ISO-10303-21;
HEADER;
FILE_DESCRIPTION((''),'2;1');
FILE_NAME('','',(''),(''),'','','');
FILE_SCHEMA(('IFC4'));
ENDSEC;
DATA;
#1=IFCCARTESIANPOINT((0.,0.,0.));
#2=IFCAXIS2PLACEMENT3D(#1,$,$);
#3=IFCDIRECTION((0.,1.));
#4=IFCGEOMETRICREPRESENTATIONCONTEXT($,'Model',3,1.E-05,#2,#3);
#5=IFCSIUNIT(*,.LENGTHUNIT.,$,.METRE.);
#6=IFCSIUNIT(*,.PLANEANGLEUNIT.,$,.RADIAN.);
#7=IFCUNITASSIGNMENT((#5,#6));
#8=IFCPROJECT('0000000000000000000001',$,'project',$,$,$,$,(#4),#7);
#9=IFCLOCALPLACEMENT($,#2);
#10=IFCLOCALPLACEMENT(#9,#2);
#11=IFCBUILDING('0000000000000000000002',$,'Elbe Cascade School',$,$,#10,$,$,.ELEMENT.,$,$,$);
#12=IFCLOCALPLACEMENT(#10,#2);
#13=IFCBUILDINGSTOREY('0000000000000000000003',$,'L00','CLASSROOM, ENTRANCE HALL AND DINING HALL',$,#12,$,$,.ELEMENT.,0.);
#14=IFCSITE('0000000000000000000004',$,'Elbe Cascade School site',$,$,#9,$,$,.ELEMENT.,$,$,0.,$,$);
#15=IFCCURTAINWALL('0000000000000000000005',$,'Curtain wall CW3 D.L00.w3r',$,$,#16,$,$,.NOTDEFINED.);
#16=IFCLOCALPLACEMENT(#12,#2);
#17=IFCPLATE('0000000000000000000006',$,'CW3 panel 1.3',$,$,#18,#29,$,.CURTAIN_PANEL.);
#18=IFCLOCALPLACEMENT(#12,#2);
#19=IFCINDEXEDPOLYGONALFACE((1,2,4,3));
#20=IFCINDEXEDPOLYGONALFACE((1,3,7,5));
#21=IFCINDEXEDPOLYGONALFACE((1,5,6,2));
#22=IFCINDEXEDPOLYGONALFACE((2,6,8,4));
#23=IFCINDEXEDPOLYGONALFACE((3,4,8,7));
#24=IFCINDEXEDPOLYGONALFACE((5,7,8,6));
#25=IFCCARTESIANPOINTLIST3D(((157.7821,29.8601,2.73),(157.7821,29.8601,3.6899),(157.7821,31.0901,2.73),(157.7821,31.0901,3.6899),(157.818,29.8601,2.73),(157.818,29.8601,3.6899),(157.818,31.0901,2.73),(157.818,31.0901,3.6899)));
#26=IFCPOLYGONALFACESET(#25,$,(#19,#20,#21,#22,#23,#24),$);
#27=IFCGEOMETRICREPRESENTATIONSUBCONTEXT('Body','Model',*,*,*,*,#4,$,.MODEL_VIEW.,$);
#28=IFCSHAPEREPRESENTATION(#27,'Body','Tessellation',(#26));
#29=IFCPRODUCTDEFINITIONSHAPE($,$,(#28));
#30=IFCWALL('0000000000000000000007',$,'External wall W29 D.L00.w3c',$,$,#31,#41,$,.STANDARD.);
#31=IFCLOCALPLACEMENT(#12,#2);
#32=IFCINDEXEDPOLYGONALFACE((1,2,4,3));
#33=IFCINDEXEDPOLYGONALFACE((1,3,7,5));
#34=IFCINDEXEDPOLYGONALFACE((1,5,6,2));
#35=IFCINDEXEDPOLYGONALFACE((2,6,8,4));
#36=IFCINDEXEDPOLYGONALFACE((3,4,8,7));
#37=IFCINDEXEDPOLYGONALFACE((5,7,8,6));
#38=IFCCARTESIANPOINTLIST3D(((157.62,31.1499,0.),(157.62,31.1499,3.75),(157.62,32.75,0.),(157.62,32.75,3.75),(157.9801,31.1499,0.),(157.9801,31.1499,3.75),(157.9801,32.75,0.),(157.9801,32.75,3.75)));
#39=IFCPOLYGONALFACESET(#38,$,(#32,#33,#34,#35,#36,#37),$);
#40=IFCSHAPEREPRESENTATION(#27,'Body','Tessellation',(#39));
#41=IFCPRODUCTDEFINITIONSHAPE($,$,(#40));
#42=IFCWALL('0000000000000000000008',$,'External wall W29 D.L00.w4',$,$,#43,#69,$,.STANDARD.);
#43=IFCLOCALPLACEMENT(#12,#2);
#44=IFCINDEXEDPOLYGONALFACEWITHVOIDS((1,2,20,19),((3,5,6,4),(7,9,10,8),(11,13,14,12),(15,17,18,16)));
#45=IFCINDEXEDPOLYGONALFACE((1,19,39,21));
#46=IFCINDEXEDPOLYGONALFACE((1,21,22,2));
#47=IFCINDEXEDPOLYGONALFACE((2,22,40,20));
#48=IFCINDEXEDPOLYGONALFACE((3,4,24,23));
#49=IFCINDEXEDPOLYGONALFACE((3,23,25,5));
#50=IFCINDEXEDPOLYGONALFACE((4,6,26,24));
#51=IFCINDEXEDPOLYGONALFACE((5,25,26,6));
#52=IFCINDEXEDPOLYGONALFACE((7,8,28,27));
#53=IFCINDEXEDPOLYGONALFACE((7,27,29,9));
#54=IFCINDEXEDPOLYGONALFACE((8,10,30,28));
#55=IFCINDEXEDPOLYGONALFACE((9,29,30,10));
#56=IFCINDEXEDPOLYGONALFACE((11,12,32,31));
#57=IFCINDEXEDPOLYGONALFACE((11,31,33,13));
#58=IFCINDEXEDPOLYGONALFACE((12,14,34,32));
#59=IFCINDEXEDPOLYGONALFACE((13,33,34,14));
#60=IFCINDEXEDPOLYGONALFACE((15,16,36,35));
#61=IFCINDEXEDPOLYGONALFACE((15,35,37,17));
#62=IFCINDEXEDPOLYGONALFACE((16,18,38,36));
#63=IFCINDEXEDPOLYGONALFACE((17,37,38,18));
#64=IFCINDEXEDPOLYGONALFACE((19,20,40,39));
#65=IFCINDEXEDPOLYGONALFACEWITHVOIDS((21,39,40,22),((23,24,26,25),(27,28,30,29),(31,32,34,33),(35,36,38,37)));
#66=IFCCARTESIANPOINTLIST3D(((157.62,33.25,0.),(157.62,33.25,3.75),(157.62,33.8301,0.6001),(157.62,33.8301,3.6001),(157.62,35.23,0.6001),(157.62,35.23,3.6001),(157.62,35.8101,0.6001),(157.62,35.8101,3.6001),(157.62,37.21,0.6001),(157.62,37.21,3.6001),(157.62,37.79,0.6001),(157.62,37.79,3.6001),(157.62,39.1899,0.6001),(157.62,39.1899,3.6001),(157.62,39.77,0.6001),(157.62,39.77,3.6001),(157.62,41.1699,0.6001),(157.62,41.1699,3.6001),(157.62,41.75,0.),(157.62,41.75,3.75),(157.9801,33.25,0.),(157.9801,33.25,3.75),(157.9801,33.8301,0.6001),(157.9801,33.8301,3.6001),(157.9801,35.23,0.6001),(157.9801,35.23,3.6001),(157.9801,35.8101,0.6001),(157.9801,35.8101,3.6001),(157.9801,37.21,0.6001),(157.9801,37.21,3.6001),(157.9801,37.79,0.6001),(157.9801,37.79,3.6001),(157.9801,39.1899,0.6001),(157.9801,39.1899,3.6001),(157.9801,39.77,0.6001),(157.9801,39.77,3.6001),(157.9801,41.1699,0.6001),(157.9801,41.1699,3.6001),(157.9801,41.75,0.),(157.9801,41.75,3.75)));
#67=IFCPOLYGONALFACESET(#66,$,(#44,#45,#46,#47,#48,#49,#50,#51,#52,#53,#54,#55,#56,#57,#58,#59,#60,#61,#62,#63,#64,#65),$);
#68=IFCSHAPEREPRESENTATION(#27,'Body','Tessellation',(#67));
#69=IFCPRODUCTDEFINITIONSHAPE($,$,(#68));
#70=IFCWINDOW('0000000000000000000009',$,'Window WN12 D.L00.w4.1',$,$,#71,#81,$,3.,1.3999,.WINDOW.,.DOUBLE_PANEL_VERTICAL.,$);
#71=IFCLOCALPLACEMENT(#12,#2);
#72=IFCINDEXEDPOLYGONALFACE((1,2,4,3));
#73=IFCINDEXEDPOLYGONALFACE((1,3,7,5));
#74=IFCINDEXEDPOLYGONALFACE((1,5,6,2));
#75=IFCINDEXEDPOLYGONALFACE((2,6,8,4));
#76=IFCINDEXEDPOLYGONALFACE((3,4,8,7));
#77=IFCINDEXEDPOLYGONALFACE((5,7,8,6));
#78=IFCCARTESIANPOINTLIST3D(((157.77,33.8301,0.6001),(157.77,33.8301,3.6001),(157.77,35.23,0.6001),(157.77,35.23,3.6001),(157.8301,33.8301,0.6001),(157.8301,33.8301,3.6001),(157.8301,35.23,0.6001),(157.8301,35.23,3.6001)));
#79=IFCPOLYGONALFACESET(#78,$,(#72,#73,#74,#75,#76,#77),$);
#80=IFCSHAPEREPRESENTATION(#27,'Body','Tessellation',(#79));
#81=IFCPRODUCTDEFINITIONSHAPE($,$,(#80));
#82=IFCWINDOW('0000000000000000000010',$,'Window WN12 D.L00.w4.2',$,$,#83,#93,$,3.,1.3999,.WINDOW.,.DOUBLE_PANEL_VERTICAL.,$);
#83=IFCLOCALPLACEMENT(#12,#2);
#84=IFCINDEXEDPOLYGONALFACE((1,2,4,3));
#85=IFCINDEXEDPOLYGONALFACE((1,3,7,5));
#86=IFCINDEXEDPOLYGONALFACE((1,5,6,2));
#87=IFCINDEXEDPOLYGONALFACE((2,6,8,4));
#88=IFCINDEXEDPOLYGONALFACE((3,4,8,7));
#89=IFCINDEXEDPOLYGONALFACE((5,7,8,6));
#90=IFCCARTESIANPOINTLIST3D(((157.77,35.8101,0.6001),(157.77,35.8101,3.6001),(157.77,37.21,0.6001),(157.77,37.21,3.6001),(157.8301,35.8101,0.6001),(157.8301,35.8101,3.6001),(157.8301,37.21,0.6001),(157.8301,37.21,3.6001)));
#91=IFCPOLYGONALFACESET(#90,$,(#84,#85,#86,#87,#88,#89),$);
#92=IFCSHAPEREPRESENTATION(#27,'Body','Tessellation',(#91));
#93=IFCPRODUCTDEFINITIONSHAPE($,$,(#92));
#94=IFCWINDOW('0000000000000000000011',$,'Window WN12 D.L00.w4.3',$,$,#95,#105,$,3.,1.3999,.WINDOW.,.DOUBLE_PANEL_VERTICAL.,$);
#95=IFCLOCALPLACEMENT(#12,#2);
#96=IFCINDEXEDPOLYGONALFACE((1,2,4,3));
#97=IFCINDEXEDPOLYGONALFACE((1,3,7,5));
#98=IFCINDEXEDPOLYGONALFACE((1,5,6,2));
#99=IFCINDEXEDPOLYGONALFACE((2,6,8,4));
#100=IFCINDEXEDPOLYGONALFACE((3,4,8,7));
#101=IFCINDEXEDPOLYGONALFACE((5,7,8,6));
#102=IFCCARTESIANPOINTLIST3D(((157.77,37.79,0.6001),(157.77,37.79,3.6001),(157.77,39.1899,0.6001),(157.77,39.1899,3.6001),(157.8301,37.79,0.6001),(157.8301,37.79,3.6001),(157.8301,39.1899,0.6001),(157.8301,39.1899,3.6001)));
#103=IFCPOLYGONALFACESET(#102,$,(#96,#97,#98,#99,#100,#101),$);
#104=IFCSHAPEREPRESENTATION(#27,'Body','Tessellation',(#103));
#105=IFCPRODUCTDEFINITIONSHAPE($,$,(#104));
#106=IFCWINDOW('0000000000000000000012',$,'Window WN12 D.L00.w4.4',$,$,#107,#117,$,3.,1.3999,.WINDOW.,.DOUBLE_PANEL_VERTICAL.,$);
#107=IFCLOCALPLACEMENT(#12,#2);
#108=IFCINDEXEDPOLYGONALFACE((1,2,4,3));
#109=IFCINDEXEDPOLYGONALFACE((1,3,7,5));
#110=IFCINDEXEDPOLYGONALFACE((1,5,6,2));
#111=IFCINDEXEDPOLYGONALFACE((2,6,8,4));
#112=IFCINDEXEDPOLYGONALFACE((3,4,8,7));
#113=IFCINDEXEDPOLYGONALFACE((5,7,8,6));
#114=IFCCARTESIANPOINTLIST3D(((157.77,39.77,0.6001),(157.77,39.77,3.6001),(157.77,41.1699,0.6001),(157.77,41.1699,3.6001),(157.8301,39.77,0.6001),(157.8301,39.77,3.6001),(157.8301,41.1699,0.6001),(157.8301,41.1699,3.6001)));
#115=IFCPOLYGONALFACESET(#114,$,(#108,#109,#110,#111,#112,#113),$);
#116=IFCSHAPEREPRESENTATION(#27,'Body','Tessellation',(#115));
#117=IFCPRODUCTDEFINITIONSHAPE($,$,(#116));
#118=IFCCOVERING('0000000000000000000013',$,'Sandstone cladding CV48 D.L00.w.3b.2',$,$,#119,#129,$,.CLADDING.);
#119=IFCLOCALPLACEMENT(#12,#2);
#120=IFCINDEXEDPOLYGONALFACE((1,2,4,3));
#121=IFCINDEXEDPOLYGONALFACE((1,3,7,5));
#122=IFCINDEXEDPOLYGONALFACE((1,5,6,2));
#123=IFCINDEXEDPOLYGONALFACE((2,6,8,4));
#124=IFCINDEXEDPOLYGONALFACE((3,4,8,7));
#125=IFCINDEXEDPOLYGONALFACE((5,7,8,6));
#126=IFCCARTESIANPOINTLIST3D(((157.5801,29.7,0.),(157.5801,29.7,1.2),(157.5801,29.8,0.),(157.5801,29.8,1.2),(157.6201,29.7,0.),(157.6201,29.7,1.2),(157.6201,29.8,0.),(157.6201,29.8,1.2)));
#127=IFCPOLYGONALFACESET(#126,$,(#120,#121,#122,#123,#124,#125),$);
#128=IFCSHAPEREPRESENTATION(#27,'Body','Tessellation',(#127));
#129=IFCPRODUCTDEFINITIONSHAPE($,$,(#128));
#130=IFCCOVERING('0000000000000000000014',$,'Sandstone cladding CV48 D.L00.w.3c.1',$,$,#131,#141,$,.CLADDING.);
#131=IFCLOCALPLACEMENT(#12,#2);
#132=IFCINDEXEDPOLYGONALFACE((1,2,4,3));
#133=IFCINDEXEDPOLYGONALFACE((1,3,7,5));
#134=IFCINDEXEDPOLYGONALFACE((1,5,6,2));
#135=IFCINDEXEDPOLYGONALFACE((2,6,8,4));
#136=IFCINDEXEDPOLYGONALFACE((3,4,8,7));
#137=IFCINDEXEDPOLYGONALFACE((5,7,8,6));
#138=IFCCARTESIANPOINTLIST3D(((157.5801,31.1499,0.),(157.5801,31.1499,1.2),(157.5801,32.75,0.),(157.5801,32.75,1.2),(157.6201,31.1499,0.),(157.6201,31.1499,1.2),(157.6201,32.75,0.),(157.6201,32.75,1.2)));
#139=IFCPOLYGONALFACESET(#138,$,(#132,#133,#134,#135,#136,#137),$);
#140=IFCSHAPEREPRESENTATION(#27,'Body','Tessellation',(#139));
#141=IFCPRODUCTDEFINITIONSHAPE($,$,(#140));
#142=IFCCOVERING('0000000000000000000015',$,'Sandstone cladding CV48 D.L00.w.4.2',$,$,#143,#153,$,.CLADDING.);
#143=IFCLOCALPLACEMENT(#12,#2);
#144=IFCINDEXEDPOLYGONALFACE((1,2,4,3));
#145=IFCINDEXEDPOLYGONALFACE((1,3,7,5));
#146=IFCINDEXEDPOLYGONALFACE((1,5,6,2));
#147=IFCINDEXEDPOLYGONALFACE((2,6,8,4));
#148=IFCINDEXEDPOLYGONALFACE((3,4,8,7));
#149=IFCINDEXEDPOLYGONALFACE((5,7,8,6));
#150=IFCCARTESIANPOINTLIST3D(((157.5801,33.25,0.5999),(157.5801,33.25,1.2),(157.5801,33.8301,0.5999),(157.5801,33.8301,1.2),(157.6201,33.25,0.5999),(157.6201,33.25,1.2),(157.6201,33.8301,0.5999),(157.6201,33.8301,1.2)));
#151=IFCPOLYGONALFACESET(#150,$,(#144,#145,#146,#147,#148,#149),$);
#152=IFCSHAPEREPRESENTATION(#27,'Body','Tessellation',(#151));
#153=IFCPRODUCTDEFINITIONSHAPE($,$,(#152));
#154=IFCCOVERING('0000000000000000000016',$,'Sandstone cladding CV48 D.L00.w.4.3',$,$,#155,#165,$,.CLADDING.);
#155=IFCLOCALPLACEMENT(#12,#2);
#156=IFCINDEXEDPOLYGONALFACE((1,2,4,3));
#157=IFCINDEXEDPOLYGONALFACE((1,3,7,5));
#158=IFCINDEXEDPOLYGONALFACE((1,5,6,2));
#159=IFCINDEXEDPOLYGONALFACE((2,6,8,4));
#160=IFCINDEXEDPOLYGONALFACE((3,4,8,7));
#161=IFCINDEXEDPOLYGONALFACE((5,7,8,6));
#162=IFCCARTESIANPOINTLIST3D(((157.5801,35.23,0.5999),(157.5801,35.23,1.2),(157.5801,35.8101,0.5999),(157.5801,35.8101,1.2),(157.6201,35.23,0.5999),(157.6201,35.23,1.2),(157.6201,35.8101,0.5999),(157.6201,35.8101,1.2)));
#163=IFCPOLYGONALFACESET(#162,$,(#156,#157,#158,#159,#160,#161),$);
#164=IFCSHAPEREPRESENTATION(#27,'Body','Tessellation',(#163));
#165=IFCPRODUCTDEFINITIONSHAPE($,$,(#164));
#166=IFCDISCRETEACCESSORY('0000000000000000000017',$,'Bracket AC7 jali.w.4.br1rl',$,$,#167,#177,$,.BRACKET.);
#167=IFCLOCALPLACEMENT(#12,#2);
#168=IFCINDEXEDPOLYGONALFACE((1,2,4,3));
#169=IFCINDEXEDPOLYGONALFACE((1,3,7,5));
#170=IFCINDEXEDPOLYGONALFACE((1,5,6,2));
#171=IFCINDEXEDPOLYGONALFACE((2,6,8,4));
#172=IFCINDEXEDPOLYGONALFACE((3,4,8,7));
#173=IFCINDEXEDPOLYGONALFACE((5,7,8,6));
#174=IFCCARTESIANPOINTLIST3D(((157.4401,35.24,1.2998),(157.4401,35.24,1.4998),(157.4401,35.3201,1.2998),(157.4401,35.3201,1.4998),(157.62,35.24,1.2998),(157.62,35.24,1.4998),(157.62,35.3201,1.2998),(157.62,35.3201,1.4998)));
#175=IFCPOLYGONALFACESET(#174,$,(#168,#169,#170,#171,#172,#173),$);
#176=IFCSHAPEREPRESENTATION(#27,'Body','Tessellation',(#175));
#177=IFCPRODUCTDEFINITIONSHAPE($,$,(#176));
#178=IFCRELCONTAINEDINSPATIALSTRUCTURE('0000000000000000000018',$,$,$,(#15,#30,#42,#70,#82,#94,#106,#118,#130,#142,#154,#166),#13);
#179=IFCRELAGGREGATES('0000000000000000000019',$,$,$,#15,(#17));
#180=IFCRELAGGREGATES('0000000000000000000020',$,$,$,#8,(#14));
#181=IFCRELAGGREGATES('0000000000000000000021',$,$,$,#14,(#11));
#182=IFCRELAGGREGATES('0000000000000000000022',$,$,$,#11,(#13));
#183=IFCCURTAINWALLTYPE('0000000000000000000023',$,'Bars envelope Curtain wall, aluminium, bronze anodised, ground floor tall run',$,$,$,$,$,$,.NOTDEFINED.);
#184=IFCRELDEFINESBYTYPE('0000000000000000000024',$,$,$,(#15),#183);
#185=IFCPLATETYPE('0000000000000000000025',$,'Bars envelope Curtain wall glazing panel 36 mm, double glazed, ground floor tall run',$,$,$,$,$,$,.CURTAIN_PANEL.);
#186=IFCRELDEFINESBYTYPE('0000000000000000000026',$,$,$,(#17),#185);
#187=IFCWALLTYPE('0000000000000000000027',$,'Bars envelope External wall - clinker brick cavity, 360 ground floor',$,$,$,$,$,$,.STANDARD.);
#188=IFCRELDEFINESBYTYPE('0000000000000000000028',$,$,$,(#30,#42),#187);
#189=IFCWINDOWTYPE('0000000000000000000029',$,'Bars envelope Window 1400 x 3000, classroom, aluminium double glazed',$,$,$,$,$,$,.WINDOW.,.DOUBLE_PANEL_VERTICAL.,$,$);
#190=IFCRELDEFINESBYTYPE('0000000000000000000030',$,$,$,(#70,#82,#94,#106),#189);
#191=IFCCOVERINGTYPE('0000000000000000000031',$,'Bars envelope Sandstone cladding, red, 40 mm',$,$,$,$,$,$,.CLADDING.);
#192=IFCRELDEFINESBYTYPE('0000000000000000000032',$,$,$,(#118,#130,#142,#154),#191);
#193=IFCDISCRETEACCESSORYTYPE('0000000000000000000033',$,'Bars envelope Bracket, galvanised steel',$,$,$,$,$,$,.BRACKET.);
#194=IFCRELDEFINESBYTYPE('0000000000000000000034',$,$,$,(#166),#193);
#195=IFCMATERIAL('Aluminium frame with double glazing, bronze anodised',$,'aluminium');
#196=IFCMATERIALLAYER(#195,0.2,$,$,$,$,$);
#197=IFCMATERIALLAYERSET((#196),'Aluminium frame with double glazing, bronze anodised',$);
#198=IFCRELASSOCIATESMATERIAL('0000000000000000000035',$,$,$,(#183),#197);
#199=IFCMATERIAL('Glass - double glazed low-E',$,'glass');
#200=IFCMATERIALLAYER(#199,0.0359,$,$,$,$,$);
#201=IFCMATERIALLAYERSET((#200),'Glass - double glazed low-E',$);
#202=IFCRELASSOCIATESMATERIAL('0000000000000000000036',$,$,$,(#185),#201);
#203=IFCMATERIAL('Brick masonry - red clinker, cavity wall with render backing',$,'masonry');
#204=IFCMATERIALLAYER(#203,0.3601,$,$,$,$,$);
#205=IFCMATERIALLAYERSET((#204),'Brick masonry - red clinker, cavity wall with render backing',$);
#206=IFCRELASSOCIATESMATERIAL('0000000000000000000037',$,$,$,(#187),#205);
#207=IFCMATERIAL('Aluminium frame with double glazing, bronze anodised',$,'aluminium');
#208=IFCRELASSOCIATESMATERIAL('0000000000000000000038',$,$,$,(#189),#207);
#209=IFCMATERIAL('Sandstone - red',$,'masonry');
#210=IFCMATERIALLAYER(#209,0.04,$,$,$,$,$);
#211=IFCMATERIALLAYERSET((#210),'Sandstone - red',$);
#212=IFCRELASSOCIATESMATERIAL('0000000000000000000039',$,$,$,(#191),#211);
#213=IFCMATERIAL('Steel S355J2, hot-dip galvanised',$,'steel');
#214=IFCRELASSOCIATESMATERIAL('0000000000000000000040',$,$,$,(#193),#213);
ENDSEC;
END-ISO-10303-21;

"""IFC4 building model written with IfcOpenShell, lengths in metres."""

from ifc_helpers import new_model, si_unit, direction, frame, frame_2d, origin, origin_2d, place, context, subcontext, project, spatial, rectangle, extrude, material, layer, layer_set, type_object, element, fill, aggregate, save


model = new_model("IFC4")

# Units and contexts
model_context = context("Model", 3, precision=1e-05, world=origin(), true_north=direction((0.0, 1.0)))
body_context = subcontext(model_context, "Body", "Model", "MODEL_VIEW")
ifc_project = project(units=[si_unit("LENGTHUNIT", "METRE"), si_unit("PLANEANGLEUNIT", "RADIAN")], contexts=[model_context])

# Site, building, storey
site_placement = place(None, origin())
site = spatial("IfcSite", under=ifc_project, at=site_placement, Name="Elbe Cascade School site", CompositionType="ELEMENT", RefElevation=0.0)
building_placement = place(site_placement, origin())
building = spatial("IfcBuilding", under=site, at=building_placement, Name="Elbe Cascade School", CompositionType="ELEMENT")
storey_placement = place(building_placement, origin())
storey = spatial("IfcBuildingStorey", under=building, at=storey_placement, Name="L00", Description="CLASSROOM, ENTRANCE HALL AND DINING HALL", CompositionType="ELEMENT", Elevation=0.0)

# Curtain wall
ifc_material_1 = material(Name="Aluminium frame with double glazing, bronze anodised", Category="aluminium")
ifc_layer_1 = layer(ifc_material_1, 0.2)
ifc_layer_set_1 = layer_set([ifc_layer_1], Name="Aluminium frame with double glazing, bronze anodised")
curtain_wall_type = type_object("IfcCurtainWallType", Name="Bars envelope Curtain wall, aluminium, bronze anodised, ground floor tall run", PredefinedType="NOTDEFINED", material=ifc_layer_set_1)
curtain_wall_placement = place(storey_placement, origin())
curtain_wall = element("IfcCurtainWall", 1, at=curtain_wall_placement, inside=storey, type_object=curtain_wall_type, Name="Curtain wall CW3 D.L00.w3r", PredefinedType="NOTDEFINED")

# Plate
ifc_material_2 = material(Name="Glass - double glazed low-E", Category="glass")
ifc_layer_2 = layer(ifc_material_2, 0.0359)
ifc_layer_set_2 = layer_set([ifc_layer_2], Name="Glass - double glazed low-E")
plate_type = type_object("IfcPlateType", Name="Bars envelope Curtain wall glazing panel 36 mm, double glazed, ground floor tall run", PredefinedType="CURTAIN_PANEL", material=ifc_layer_set_2)
plate_1_placement = place(storey_placement, frame((157.8, 30.4751, 2.73), z_axis=(0.0, 0.0, 1.0), x_axis=(0.0, 1.0, 0.0)))
plate_1 = element("IfcPlate", 2, at=plate_1_placement, type_object=plate_type, Name="CW3 panel 1.3", PredefinedType="CURTAIN_PANEL", context=body_context, shape_type="SweptSolid", body=[
    extrude(rectangle(XDim=1.23, YDim=0.0359, at=origin_2d()), origin(), (0.0, 0.0, 1.0), 0.96),
])
aggregate(curtain_wall, [plate_1])

# Wall
ifc_material_3 = material(Name="Brick masonry - red clinker, cavity wall with render backing", Category="masonry")
ifc_layer_3 = layer(ifc_material_3, 0.3601)
ifc_layer_set_3 = layer_set([ifc_layer_3], Name="Brick masonry - red clinker, cavity wall with render backing")
wall_type = type_object("IfcWallType", Name="Bars envelope External wall - clinker brick cavity, 360 ground floor", PredefinedType="STANDARD", material=ifc_layer_set_3)
wall_1_placement = place(storey_placement, frame((157.8, 31.1499, 0.0), z_axis=(0.0, 0.0, 1.0), x_axis=(0.0, 1.0, 0.0)))
element("IfcWall", 3, at=wall_1_placement, inside=storey, type_object=wall_type, Name="External wall W29 D.L00.w3c", PredefinedType="STANDARD", context=body_context, shape_type="SweptSolid", body=[
    extrude(rectangle(XDim=1.6001, YDim=0.3601, at=frame_2d((0.8, 0.0))), origin(), (0.0, 0.0, 1.0), 3.75),
])

# Wall, openings, windows
wall_2_placement = place(storey_placement, frame((157.8, 33.25, 0.0), z_axis=(0.0, 0.0, 1.0), x_axis=(0.0, 1.0, 0.0)))
wall_2 = element("IfcWall", 4, at=wall_2_placement, inside=storey, type_object=wall_type, Name="External wall W29 D.L00.w4", PredefinedType="STANDARD", context=body_context, shape_type="SweptSolid", body=[
    extrude(rectangle(XDim=8.5, YDim=0.3601, at=frame_2d((4.25, 0.0))), origin(), (0.0, 0.0, 1.0), 3.75),
])
opening_1_placement = place(wall_2_placement, frame((0.5801, 0.0, 0.6001)))
opening_1 = element("IfcOpeningElement", 5, at=opening_1_placement, cuts=wall_2, PredefinedType="OPENING", context=body_context, shape_type="SweptSolid", body=[
    extrude(rectangle(XDim=1.3999, YDim=3.0, at=frame_2d((0.7, 1.5))), frame((0.0, 0.1899, 0.0), z_axis=(0.0, -1.0, 0.0), x_axis=(1.0, 0.0, 0.0)), (0.0, 0.0, 1.0), 0.3801),
])
opening_2_placement = place(wall_2_placement, frame((2.5601, 0.0, 0.6001)))
opening_2 = element("IfcOpeningElement", 6, at=opening_2_placement, cuts=wall_2, PredefinedType="OPENING", context=body_context, shape_type="SweptSolid", body=[
    extrude(rectangle(XDim=1.3999, YDim=3.0, at=frame_2d((0.7, 1.5))), frame((0.0, 0.1899, 0.0), z_axis=(0.0, -1.0, 0.0), x_axis=(1.0, 0.0, 0.0)), (0.0, 0.0, 1.0), 0.3801),
])
opening_3_placement = place(wall_2_placement, frame((4.54, 0.0, 0.6001)))
opening_3 = element("IfcOpeningElement", 7, at=opening_3_placement, cuts=wall_2, PredefinedType="OPENING", context=body_context, shape_type="SweptSolid", body=[
    extrude(rectangle(XDim=1.3999, YDim=3.0, at=frame_2d((0.7, 1.5))), frame((0.0, 0.1899, 0.0), z_axis=(0.0, -1.0, 0.0), x_axis=(1.0, 0.0, 0.0)), (0.0, 0.0, 1.0), 0.3801),
])
opening_4_placement = place(wall_2_placement, frame((6.52, 0.0, 0.6001)))
opening_4 = element("IfcOpeningElement", 8, at=opening_4_placement, cuts=wall_2, PredefinedType="OPENING", context=body_context, shape_type="SweptSolid", body=[
    extrude(rectangle(XDim=1.3999, YDim=3.0, at=frame_2d((0.7, 1.5))), frame((0.0, 0.1899, 0.0), z_axis=(0.0, -1.0, 0.0), x_axis=(1.0, 0.0, 0.0)), (0.0, 0.0, 1.0), 0.3801),
])
ifc_material_4 = material(Name="Aluminium frame with double glazing, bronze anodised", Category="aluminium")
window_type = type_object("IfcWindowType", Name="Bars envelope Window 1400 x 3000, classroom, aluminium double glazed", PartitioningType="DOUBLE_PANEL_VERTICAL", PredefinedType="WINDOW", material=ifc_material_4)
window_1_placement = place(opening_1_placement, origin())
window_1 = element("IfcWindow", 9, at=window_1_placement, inside=storey, type_object=window_type, Name="Window WN12 D.L00.w4.1", OverallHeight=3.0, OverallWidth=1.3999, PartitioningType="DOUBLE_PANEL_VERTICAL", PredefinedType="WINDOW", context=body_context, shape_type="SweptSolid", body=[
    extrude(rectangle(XDim=1.3999, YDim=3.0, at=frame_2d((0.7, 1.5))), frame((0.0, 0.03, 0.0), z_axis=(0.0, -1.0, 0.0), x_axis=(1.0, 0.0, 0.0)), (0.0, 0.0, 1.0), 0.0601),
])
fill(opening_1, window_1)
window_2_placement = place(opening_2_placement, origin())
window_2 = element("IfcWindow", 10, at=window_2_placement, inside=storey, type_object=window_type, Name="Window WN12 D.L00.w4.2", OverallHeight=3.0, OverallWidth=1.3999, PartitioningType="DOUBLE_PANEL_VERTICAL", PredefinedType="WINDOW", context=body_context, shape_type="SweptSolid", body=[
    extrude(rectangle(XDim=1.3999, YDim=3.0, at=frame_2d((0.7, 1.5))), frame((0.0, 0.03, 0.0), z_axis=(0.0, -1.0, 0.0), x_axis=(1.0, 0.0, 0.0)), (0.0, 0.0, 1.0), 0.0601),
])
fill(opening_2, window_2)
window_3_placement = place(opening_3_placement, origin())
window_3 = element("IfcWindow", 11, at=window_3_placement, inside=storey, type_object=window_type, Name="Window WN12 D.L00.w4.3", OverallHeight=3.0, OverallWidth=1.3999, PartitioningType="DOUBLE_PANEL_VERTICAL", PredefinedType="WINDOW", context=body_context, shape_type="SweptSolid", body=[
    extrude(rectangle(XDim=1.3999, YDim=3.0, at=frame_2d((0.7, 1.5))), frame((0.0, 0.03, 0.0), z_axis=(0.0, -1.0, 0.0), x_axis=(1.0, 0.0, 0.0)), (0.0, 0.0, 1.0), 0.0601),
])
fill(opening_3, window_3)
window_4_placement = place(opening_4_placement, origin())
window_4 = element("IfcWindow", 12, at=window_4_placement, inside=storey, type_object=window_type, Name="Window WN12 D.L00.w4.4", OverallHeight=3.0, OverallWidth=1.3999, PartitioningType="DOUBLE_PANEL_VERTICAL", PredefinedType="WINDOW", context=body_context, shape_type="SweptSolid", body=[
    extrude(rectangle(XDim=1.3999, YDim=3.0, at=frame_2d((0.7, 1.5))), frame((0.0, 0.03, 0.0), z_axis=(0.0, -1.0, 0.0), x_axis=(1.0, 0.0, 0.0)), (0.0, 0.0, 1.0), 0.0601),
])
fill(opening_4, window_4)

# Coverings
ifc_material_5 = material(Name="Sandstone - red", Category="masonry")
ifc_layer_4 = layer(ifc_material_5, 0.04)
ifc_layer_set_4 = layer_set([ifc_layer_4], Name="Sandstone - red")
covering_type = type_object("IfcCoveringType", Name="Bars envelope Sandstone cladding, red, 40 mm", PredefinedType="CLADDING", material=ifc_layer_set_4)
covering_1_placement = place(storey_placement, frame((157.6001, 29.75, 0.0), z_axis=(0.0, 0.0, 1.0), x_axis=(0.0, 1.0, 0.0)))
element("IfcCovering", 13, at=covering_1_placement, inside=storey, type_object=covering_type, Name="Sandstone cladding CV48 D.L00.w.3b.2", PredefinedType="CLADDING", context=body_context, shape_type="SweptSolid", body=[
    extrude(rectangle(XDim=0.1001, YDim=0.04, at=origin_2d()), origin(), (0.0, 0.0, 1.0), 1.2),
])
covering_2_placement = place(storey_placement, frame((157.6001, 31.95, 0.0), z_axis=(0.0, 0.0, 1.0), x_axis=(0.0, 1.0, 0.0)))
element("IfcCovering", 14, at=covering_2_placement, inside=storey, type_object=covering_type, Name="Sandstone cladding CV48 D.L00.w.3c.1", PredefinedType="CLADDING", context=body_context, shape_type="SweptSolid", body=[
    extrude(rectangle(XDim=1.6001, YDim=0.04, at=origin_2d()), origin(), (0.0, 0.0, 1.0), 1.2),
])
for number, where, z_axis, x_axis, name in (
    (15, (157.6001, 33.54, 0.5999), (0.0, 0.0, 1.0), (0.0, 1.0, 0.0), "Sandstone cladding CV48 D.L00.w.4.2"),
    (16, (157.6001, 35.52, 0.5999), (0.0, 0.0, 1.0), (0.0, 1.0, 0.0), "Sandstone cladding CV48 D.L00.w.4.3"),
):
    element("IfcCovering", number, at=place(storey_placement, frame(where, z_axis=z_axis, x_axis=x_axis)), inside=storey, type_object=covering_type, Name=name, PredefinedType="CLADDING", context=body_context, shape_type="SweptSolid", body=[
        extrude(rectangle(XDim=0.5801, YDim=0.04, at=origin_2d()), origin(), (0.0, 0.0, 1.0), 0.6001),
    ])

# Discrete accessory
ifc_material_6 = material(Name="Steel S355J2, hot-dip galvanised", Category="steel")
discrete_accessory_type = type_object("IfcDiscreteAccessoryType", Name="Bars envelope Bracket, galvanised steel", PredefinedType="BRACKET", material=ifc_material_6)
for number, where, z_axis, x_axis, name in (
    (17, (157.53, 35.28, 1.2998), (0.0, 0.0, 1.0), (0.0, 1.0, 0.0), "Bracket AC7 jali.w.4.br1rl"),
):
    element("IfcDiscreteAccessory", number, at=place(storey_placement, frame(where, z_axis=z_axis, x_axis=x_axis)), inside=storey, type_object=discrete_accessory_type, Name=name, PredefinedType="BRACKET", context=body_context, shape_type="SweptSolid", body=[
        extrude(rectangle(XDim=0.0801, YDim=0.1799, at=origin_2d()), origin(), (0.0, 0.0, 1.0), 0.2),
    ])

save(model, "model.ifc")
